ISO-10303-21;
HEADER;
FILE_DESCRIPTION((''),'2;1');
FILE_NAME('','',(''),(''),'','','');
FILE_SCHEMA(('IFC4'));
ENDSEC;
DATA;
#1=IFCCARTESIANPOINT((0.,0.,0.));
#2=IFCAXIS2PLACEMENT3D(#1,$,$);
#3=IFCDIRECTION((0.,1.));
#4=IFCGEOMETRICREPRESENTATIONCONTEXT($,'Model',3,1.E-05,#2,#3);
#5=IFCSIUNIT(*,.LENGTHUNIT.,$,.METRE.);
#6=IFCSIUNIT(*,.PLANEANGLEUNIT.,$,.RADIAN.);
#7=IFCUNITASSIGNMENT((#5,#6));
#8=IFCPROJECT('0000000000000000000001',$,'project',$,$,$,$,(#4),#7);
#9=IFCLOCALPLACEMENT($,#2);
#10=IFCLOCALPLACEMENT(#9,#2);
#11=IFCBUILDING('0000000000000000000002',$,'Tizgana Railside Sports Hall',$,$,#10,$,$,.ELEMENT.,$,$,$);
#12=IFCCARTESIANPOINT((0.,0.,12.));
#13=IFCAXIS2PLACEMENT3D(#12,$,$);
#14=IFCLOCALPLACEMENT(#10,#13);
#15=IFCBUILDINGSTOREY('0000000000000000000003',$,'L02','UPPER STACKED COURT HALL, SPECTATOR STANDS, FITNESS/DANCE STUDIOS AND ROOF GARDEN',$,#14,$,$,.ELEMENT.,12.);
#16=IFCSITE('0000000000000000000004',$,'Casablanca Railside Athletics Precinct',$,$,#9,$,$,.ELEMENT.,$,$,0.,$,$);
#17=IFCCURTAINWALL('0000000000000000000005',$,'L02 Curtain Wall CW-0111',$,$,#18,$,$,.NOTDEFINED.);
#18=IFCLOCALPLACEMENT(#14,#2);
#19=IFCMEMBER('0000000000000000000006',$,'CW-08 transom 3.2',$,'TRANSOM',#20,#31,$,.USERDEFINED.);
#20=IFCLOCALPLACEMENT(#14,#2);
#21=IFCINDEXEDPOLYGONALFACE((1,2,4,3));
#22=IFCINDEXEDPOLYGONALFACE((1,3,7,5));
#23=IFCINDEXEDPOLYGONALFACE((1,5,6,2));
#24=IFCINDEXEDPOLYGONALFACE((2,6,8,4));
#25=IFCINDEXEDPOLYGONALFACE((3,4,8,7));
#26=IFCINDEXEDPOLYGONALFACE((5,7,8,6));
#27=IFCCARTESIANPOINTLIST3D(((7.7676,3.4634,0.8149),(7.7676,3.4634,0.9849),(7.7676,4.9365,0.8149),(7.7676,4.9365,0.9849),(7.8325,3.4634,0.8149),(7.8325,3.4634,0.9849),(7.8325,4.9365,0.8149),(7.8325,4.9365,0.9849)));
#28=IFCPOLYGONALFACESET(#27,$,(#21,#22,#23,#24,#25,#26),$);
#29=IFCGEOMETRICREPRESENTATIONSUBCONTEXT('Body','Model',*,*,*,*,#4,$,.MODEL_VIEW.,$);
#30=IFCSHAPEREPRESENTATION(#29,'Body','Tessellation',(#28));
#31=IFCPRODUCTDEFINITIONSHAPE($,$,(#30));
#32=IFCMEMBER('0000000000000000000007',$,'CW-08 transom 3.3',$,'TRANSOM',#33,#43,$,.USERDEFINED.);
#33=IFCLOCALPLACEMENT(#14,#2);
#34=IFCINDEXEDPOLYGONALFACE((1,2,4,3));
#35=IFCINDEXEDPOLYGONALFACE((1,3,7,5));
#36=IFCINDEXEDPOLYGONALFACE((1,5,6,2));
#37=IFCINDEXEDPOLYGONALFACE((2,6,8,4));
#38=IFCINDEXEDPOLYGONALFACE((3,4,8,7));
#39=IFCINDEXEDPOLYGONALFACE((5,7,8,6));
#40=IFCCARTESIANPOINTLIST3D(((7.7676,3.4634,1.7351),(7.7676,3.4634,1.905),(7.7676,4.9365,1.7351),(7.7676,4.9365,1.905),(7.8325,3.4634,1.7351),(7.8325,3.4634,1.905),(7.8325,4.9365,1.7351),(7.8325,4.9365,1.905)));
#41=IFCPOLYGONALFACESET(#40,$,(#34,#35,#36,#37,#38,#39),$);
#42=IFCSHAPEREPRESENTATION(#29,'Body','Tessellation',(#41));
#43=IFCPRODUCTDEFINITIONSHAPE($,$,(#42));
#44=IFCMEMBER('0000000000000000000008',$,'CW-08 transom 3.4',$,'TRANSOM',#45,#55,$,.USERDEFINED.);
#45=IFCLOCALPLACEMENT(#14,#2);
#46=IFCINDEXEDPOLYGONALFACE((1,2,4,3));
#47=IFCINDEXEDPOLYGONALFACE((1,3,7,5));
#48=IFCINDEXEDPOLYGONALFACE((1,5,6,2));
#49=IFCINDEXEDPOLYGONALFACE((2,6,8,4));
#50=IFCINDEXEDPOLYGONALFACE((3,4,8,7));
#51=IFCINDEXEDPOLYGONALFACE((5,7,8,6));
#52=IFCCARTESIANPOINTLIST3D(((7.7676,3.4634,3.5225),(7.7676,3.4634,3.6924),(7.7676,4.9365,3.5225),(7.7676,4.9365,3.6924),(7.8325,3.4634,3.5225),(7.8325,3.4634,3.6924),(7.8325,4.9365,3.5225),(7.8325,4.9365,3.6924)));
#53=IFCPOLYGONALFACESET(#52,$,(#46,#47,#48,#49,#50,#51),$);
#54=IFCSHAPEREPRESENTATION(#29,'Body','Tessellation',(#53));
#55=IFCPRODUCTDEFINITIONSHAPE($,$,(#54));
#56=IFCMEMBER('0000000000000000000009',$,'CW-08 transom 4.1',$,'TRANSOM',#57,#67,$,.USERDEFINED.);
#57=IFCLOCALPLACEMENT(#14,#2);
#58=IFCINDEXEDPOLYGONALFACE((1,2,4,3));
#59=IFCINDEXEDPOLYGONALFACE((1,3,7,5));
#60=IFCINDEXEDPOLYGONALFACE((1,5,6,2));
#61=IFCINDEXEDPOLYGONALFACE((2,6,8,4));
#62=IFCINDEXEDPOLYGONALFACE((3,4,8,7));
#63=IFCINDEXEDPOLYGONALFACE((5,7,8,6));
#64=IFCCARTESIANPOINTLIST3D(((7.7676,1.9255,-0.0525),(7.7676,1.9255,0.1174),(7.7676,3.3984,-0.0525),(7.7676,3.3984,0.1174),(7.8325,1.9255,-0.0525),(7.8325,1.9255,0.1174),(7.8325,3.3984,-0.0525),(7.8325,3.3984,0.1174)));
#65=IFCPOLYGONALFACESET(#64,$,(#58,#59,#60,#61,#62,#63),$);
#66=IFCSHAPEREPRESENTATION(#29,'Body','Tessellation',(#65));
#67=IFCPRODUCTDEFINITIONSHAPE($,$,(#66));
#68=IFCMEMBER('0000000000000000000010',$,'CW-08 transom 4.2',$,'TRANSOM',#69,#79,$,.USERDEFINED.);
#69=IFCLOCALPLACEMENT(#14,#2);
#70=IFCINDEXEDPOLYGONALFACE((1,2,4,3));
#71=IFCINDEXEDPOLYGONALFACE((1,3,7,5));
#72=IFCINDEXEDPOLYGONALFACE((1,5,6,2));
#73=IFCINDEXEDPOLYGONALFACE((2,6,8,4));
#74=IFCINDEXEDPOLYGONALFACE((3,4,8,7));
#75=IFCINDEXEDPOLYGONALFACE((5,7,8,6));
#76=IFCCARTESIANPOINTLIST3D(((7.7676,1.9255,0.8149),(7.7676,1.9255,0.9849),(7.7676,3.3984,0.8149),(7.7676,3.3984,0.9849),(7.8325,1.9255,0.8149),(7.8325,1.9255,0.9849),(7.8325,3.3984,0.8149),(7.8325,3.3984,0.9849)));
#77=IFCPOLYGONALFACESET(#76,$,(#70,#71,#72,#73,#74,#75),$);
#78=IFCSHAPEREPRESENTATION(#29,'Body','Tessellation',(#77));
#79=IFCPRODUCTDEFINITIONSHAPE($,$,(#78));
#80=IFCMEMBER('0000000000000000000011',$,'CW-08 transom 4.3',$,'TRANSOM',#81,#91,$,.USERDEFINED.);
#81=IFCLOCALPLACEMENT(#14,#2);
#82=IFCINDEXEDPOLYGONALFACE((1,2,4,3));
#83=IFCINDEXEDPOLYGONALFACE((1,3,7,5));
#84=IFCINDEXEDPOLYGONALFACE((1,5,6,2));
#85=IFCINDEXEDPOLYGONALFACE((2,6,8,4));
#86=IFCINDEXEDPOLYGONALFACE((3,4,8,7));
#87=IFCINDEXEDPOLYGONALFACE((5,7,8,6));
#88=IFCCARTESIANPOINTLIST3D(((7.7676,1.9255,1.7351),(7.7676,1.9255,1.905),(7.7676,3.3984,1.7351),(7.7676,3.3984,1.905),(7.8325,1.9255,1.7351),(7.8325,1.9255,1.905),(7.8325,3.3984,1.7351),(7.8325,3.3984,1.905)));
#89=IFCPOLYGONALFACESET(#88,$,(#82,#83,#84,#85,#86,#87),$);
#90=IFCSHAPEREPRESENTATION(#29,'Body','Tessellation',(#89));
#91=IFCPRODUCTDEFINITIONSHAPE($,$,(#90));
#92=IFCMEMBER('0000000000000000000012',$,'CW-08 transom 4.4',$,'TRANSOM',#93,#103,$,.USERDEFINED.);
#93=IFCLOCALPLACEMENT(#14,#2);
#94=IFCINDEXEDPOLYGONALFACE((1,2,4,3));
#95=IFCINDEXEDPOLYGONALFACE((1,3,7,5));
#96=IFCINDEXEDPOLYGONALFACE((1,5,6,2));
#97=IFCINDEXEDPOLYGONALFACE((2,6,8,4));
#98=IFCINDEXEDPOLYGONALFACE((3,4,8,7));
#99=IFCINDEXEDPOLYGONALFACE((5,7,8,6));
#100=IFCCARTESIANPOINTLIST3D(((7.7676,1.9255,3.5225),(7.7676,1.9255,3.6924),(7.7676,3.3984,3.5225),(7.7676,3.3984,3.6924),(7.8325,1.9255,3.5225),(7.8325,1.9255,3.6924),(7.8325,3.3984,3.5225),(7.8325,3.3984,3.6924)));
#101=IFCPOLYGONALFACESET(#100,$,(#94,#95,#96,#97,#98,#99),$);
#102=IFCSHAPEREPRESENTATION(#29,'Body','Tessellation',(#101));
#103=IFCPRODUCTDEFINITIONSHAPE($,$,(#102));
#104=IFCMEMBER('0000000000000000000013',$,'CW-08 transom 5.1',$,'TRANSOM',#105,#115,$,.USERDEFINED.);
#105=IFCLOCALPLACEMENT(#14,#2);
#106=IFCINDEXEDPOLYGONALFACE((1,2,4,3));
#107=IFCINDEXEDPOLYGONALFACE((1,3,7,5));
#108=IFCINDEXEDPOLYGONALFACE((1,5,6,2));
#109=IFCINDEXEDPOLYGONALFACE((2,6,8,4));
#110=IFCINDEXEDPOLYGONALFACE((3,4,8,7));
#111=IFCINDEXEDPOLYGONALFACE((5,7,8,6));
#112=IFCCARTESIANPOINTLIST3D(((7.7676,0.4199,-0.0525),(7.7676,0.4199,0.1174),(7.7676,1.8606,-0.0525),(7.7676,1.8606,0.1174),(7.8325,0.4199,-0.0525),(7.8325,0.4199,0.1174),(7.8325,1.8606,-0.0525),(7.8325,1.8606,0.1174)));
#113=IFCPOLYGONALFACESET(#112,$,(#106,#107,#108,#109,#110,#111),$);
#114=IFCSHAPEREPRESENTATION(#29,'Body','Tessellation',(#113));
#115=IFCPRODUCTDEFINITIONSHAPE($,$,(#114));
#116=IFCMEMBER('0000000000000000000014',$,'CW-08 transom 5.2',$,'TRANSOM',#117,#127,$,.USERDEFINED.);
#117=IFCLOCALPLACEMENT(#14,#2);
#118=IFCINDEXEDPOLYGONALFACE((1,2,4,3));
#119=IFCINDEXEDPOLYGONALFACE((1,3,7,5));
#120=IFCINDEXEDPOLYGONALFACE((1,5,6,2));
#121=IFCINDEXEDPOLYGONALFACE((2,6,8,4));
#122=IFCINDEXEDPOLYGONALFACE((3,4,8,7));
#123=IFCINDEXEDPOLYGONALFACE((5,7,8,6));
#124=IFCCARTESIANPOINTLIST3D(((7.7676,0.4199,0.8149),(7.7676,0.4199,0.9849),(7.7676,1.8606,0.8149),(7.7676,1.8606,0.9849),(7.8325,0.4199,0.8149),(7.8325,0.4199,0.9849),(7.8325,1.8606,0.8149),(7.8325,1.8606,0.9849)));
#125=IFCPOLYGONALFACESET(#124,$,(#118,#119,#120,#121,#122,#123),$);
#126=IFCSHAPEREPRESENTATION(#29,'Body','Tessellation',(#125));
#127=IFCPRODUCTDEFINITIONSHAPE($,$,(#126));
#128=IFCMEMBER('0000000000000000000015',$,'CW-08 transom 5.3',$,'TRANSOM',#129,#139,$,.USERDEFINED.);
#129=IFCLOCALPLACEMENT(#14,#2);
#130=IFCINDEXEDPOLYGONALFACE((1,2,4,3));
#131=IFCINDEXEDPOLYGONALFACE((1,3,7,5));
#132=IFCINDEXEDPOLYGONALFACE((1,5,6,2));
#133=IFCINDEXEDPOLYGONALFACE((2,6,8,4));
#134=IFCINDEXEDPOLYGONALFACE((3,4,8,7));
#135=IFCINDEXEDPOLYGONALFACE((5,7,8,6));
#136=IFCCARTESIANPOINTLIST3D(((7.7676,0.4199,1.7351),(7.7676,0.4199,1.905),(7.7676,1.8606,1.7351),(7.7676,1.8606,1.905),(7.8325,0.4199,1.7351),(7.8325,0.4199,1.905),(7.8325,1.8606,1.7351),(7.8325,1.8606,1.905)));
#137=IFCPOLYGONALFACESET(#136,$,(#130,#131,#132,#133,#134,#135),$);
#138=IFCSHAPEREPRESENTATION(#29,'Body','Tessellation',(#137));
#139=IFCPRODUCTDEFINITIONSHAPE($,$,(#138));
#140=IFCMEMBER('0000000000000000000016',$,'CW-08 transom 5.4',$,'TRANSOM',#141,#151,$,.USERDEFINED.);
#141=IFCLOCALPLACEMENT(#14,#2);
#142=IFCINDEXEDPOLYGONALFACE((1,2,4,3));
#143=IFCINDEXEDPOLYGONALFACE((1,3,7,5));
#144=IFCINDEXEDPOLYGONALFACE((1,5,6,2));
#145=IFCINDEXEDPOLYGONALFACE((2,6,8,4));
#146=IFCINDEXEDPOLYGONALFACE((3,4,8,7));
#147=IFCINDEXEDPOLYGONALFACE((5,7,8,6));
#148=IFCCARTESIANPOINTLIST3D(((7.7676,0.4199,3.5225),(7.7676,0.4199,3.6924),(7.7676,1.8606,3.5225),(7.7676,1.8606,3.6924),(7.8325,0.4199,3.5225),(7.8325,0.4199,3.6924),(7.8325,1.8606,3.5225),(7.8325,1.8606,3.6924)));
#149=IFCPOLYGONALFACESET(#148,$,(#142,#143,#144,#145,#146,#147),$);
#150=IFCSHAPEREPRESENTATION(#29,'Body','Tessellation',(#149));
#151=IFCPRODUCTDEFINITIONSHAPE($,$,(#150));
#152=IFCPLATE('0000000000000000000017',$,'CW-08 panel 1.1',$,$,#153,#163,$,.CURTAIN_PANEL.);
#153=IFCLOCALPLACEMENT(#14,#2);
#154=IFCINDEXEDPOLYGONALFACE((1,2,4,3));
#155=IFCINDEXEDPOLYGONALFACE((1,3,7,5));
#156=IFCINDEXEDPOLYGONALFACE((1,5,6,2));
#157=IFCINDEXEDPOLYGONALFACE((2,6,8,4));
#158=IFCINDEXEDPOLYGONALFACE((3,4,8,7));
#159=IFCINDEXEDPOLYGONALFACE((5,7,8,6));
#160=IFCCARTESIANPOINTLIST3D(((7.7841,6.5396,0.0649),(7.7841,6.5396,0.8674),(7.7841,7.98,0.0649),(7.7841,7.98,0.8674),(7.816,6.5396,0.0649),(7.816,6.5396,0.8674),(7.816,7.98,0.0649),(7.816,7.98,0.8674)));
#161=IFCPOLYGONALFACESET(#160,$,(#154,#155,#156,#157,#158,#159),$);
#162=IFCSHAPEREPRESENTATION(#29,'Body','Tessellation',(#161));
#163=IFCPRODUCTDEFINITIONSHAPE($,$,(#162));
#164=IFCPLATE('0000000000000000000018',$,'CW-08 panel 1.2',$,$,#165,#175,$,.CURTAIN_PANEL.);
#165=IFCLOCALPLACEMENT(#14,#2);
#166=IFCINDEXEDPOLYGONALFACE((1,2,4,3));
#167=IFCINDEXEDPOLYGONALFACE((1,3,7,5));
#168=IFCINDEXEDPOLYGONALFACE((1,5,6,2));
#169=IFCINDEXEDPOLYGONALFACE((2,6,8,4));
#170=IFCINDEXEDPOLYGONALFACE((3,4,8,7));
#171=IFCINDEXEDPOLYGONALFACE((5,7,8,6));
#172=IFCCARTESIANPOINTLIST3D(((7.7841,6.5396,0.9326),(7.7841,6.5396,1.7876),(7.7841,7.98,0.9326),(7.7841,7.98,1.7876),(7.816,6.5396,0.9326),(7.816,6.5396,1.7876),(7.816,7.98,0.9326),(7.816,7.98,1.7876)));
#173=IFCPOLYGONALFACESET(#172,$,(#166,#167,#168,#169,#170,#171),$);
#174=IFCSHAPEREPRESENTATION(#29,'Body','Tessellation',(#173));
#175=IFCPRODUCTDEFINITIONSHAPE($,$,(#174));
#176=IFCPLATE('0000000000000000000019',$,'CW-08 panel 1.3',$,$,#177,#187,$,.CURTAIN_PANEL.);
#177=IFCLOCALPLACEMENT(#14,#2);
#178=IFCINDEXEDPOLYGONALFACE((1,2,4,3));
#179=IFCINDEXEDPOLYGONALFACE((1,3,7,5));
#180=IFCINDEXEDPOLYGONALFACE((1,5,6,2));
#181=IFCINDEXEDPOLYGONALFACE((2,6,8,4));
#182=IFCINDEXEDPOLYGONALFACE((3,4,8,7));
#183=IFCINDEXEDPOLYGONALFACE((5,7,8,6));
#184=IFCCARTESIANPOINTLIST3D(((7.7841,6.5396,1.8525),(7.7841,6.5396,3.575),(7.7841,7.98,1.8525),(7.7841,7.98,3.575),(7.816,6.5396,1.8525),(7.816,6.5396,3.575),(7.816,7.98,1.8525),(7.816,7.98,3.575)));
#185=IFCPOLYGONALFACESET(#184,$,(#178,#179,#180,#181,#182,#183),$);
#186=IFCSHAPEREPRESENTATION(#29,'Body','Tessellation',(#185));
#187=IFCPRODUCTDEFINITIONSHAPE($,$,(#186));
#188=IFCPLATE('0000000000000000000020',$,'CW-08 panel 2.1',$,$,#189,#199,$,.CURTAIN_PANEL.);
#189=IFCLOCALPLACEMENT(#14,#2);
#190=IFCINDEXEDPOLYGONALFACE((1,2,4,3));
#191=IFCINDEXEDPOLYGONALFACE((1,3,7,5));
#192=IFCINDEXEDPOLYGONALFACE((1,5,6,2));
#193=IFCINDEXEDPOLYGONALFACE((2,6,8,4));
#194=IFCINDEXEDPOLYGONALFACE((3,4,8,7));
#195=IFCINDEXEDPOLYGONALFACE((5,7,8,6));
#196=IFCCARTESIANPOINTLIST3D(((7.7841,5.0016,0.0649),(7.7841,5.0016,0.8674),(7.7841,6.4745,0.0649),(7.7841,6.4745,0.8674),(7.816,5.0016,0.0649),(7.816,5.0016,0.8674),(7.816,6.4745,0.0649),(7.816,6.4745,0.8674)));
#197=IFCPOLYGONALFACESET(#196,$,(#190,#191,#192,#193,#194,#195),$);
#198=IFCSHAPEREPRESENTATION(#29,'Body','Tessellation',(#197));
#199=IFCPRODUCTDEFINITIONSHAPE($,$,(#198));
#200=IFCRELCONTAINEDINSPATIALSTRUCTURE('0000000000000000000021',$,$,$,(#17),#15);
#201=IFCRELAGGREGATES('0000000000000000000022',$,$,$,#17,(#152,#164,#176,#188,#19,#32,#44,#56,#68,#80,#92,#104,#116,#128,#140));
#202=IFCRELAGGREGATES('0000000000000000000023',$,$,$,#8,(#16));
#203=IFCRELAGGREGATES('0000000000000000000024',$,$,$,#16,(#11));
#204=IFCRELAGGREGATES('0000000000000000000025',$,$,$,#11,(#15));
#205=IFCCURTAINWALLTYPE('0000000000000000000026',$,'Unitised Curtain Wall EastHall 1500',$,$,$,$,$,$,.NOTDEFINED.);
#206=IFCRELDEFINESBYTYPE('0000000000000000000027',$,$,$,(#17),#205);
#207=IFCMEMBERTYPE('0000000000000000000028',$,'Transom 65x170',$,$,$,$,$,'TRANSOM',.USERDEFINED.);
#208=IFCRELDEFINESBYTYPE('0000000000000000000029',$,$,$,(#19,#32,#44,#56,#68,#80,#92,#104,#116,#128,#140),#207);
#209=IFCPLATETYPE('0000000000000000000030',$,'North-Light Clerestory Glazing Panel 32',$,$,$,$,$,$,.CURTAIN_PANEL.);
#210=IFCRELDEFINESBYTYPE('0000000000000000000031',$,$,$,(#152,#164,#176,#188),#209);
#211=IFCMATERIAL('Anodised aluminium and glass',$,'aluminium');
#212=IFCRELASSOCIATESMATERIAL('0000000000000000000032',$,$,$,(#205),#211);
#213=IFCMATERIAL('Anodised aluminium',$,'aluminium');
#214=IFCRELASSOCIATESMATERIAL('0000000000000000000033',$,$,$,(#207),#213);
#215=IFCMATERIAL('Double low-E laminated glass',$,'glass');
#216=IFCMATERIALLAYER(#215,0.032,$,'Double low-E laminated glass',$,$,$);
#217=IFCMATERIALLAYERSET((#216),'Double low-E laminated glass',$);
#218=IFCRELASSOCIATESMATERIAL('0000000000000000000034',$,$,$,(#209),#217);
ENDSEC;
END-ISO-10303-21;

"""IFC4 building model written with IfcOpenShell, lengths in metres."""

from ifc_helpers import new_model, si_unit, direction, frame, origin, origin_2d, place, context, subcontext, project, spatial, rectangle, extrude, material, layer, layer_set, material_profile, profile_set, type_object, element, aggregate, save


model = new_model("IFC4")

# Units and contexts
model_context = context("Model", 3, precision=1e-05, world=origin(), true_north=direction((0.0, 1.0)))
body_context = subcontext(model_context, "Body", "Model", "MODEL_VIEW")
ifc_project = project(units=[si_unit("LENGTHUNIT", "METRE"), si_unit("PLANEANGLEUNIT", "RADIAN")], contexts=[model_context])

# Site, building, storey
site_placement = place(None, origin())
site = spatial("IfcSite", under=ifc_project, at=site_placement, Name="Casablanca Railside Athletics Precinct", CompositionType="ELEMENT", RefElevation=0.0)
building_placement = place(site_placement, origin())
building = spatial("IfcBuilding", under=site, at=building_placement, Name="Tizgana Railside Sports Hall", CompositionType="ELEMENT")
storey_placement = place(building_placement, frame((0.0, 0.0, 12.0)))
storey = spatial("IfcBuildingStorey", under=building, at=storey_placement, Name="L02", Description="UPPER STACKED COURT HALL, SPECTATOR STANDS, FITNESS/DANCE STUDIOS AND ROOF GARDEN", CompositionType="ELEMENT", Elevation=12.0)

# Curtain wall
ifc_material_1 = material(Name="Anodised aluminium and glass", Category="aluminium")
curtain_wall_type = type_object("IfcCurtainWallType", Name="Unitised Curtain Wall EastHall 1500", PredefinedType="NOTDEFINED", material=ifc_material_1)
curtain_wall_placement = place(storey_placement, origin())
curtain_wall = element("IfcCurtainWall", 1, at=curtain_wall_placement, inside=storey, type_object=curtain_wall_type, Name="L02 Curtain Wall CW-0111", PredefinedType="NOTDEFINED")
ifc_material_2 = material(Name="Anodised aluminium", Category="aluminium")

# Members
ifc_material_profile_1 = material_profile(ifc_material_2, rectangle(XDim=0.0649, YDim=0.1699, at=origin_2d()), Name="Transom 65x170")
ifc_profile_set_1 = profile_set([ifc_material_profile_1], Name="Anodised aluminium")
member_type_1 = type_object("IfcMemberType", Name="Transom 65x170", ElementType="TRANSOM", PredefinedType="USERDEFINED", material=ifc_profile_set_1)
member_1_placement = place(storey_placement, frame((7.8, 4.9365, 0.8999), z_axis=(0.0, -1.0, 0.0), x_axis=(1.0, 0.0, 0.0)))
member_1 = element("IfcMember", 2, at=member_1_placement, type_object=member_type_1, Name="CW-08 transom 3.2", ObjectType="TRANSOM", PredefinedType="USERDEFINED", context=body_context, shape_type="SweptSolid", body=[
    extrude(rectangle(XDim=0.0649, YDim=0.1699, at=origin_2d()), origin(), (0.0, 0.0, 1.0), 1.4731),
])
member_2_placement = place(storey_placement, frame((7.8, 4.9365, 1.8201), z_axis=(0.0, -1.0, 0.0), x_axis=(1.0, 0.0, 0.0)))
member_2 = element("IfcMember", 3, at=member_2_placement, type_object=member_type_1, Name="CW-08 transom 3.3", ObjectType="TRANSOM", PredefinedType="USERDEFINED", context=body_context, shape_type="SweptSolid", body=[
    extrude(rectangle(XDim=0.0649, YDim=0.1699, at=origin_2d()), origin(), (0.0, 0.0, 1.0), 1.4731),
])
member_3_placement = place(storey_placement, frame((7.8, 4.9365, 3.6074), z_axis=(0.0, -1.0, 0.0), x_axis=(1.0, 0.0, 0.0)))
member_3 = element("IfcMember", 4, at=member_3_placement, type_object=member_type_1, Name="CW-08 transom 3.4", ObjectType="TRANSOM", PredefinedType="USERDEFINED", context=body_context, shape_type="SweptSolid", body=[
    extrude(rectangle(XDim=0.0649, YDim=0.1699, at=origin_2d()), origin(), (0.0, 0.0, 1.0), 1.4731),
])
member_4_placement = place(storey_placement, frame((7.8, 3.3984, 0.0325), z_axis=(0.0, -1.0, 0.0), x_axis=(1.0, 0.0, 0.0)))
member_4 = element("IfcMember", 5, at=member_4_placement, type_object=member_type_1, Name="CW-08 transom 4.1", ObjectType="TRANSOM", PredefinedType="USERDEFINED", context=body_context, shape_type="SweptSolid", body=[
    extrude(rectangle(XDim=0.0649, YDim=0.1699, at=origin_2d()), origin(), (0.0, 0.0, 1.0), 1.4729),
])
member_5_placement = place(storey_placement, frame((7.8, 3.3984, 0.8999), z_axis=(0.0, -1.0, 0.0), x_axis=(1.0, 0.0, 0.0)))
member_5 = element("IfcMember", 6, at=member_5_placement, type_object=member_type_1, Name="CW-08 transom 4.2", ObjectType="TRANSOM", PredefinedType="USERDEFINED", context=body_context, shape_type="SweptSolid", body=[
    extrude(rectangle(XDim=0.0649, YDim=0.1699, at=origin_2d()), origin(), (0.0, 0.0, 1.0), 1.4729),
])
member_6_placement = place(storey_placement, frame((7.8, 3.3984, 1.8201), z_axis=(0.0, -1.0, 0.0), x_axis=(1.0, 0.0, 0.0)))
member_6 = element("IfcMember", 7, at=member_6_placement, type_object=member_type_1, Name="CW-08 transom 4.3", ObjectType="TRANSOM", PredefinedType="USERDEFINED", context=body_context, shape_type="SweptSolid", body=[
    extrude(rectangle(XDim=0.0649, YDim=0.1699, at=origin_2d()), origin(), (0.0, 0.0, 1.0), 1.4729),
])
member_7_placement = place(storey_placement, frame((7.8, 3.3984, 3.6074), z_axis=(0.0, -1.0, 0.0), x_axis=(1.0, 0.0, 0.0)))
member_7 = element("IfcMember", 8, at=member_7_placement, type_object=member_type_1, Name="CW-08 transom 4.4", ObjectType="TRANSOM", PredefinedType="USERDEFINED", context=body_context, shape_type="SweptSolid", body=[
    extrude(rectangle(XDim=0.0649, YDim=0.1699, at=origin_2d()), origin(), (0.0, 0.0, 1.0), 1.4729),
])
member_8_placement = place(storey_placement, frame((7.8, 1.8606, 0.0325), z_axis=(0.0, -1.0, 0.0), x_axis=(1.0, 0.0, 0.0)))
member_8 = element("IfcMember", 9, at=member_8_placement, type_object=member_type_1, Name="CW-08 transom 5.1", ObjectType="TRANSOM", PredefinedType="USERDEFINED", context=body_context, shape_type="SweptSolid", body=[
    extrude(rectangle(XDim=0.0649, YDim=0.1699, at=origin_2d()), origin(), (0.0, 0.0, 1.0), 1.4407),
])
member_9_placement = place(storey_placement, frame((7.8, 1.8606, 0.8999), z_axis=(0.0, -1.0, 0.0), x_axis=(1.0, 0.0, 0.0)))
member_9 = element("IfcMember", 10, at=member_9_placement, type_object=member_type_1, Name="CW-08 transom 5.2", ObjectType="TRANSOM", PredefinedType="USERDEFINED", context=body_context, shape_type="SweptSolid", body=[
    extrude(rectangle(XDim=0.0649, YDim=0.1699, at=origin_2d()), origin(), (0.0, 0.0, 1.0), 1.4407),
])
member_10_placement = place(storey_placement, frame((7.8, 1.8606, 1.8201), z_axis=(0.0, -1.0, 0.0), x_axis=(1.0, 0.0, 0.0)))
member_10 = element("IfcMember", 11, at=member_10_placement, type_object=member_type_1, Name="CW-08 transom 5.3", ObjectType="TRANSOM", PredefinedType="USERDEFINED", context=body_context, shape_type="SweptSolid", body=[
    extrude(rectangle(XDim=0.0649, YDim=0.1699, at=origin_2d()), origin(), (0.0, 0.0, 1.0), 1.4407),
])
member_11_placement = place(storey_placement, frame((7.8, 1.8606, 3.6074), z_axis=(0.0, -1.0, 0.0), x_axis=(1.0, 0.0, 0.0)))
member_11 = element("IfcMember", 12, at=member_11_placement, type_object=member_type_1, Name="CW-08 transom 5.4", ObjectType="TRANSOM", PredefinedType="USERDEFINED", context=body_context, shape_type="SweptSolid", body=[
    extrude(rectangle(XDim=0.0649, YDim=0.1699, at=origin_2d()), origin(), (0.0, 0.0, 1.0), 1.4407),
])

# Plates
ifc_material_3 = material(Name="Double low-E laminated glass", Category="glass")
ifc_layer = layer(ifc_material_3, 0.032, Name="Double low-E laminated glass")
ifc_layer_set = layer_set([ifc_layer], Name="Double low-E laminated glass")
plate_type = type_object("IfcPlateType", Name="North-Light Clerestory Glazing Panel 32", PredefinedType="CURTAIN_PANEL", material=ifc_layer_set)
plate_1_placement = place(storey_placement, frame((7.8, 7.2598, 0.0649), z_axis=(0.0, 0.0, 1.0), x_axis=(0.0, -1.0, 0.0)))
plate_1 = element("IfcPlate", 13, at=plate_1_placement, type_object=plate_type, Name="CW-08 panel 1.1", PredefinedType="CURTAIN_PANEL", context=body_context, shape_type="SweptSolid", body=[
    extrude(rectangle(XDim=1.4404, YDim=0.032, at=origin_2d()), origin(), (0.0, 0.0, 1.0), 0.8025),
])
plate_2_placement = place(storey_placement, frame((7.8, 7.2598, 0.9326), z_axis=(0.0, 0.0, 1.0), x_axis=(0.0, -1.0, 0.0)))
plate_2 = element("IfcPlate", 14, at=plate_2_placement, type_object=plate_type, Name="CW-08 panel 1.2", PredefinedType="CURTAIN_PANEL", context=body_context, shape_type="SweptSolid", body=[
    extrude(rectangle(XDim=1.4404, YDim=0.032, at=origin_2d()), origin(), (0.0, 0.0, 1.0), 0.855),
])
plate_3_placement = place(storey_placement, frame((7.8, 7.2598, 1.8525), z_axis=(0.0, 0.0, 1.0), x_axis=(0.0, -1.0, 0.0)))
plate_3 = element("IfcPlate", 15, at=plate_3_placement, type_object=plate_type, Name="CW-08 panel 1.3", PredefinedType="CURTAIN_PANEL", context=body_context, shape_type="SweptSolid", body=[
    extrude(rectangle(XDim=1.4404, YDim=0.032, at=origin_2d()), origin(), (0.0, 0.0, 1.0), 1.7224),
])
plate_4_placement = place(storey_placement, frame((7.8, 5.738, 0.0649), z_axis=(0.0, 0.0, 1.0), x_axis=(0.0, -1.0, 0.0)))
plate_4 = element("IfcPlate", 16, at=plate_4_placement, type_object=plate_type, Name="CW-08 panel 2.1", PredefinedType="CURTAIN_PANEL", context=body_context, shape_type="SweptSolid", body=[
    extrude(rectangle(XDim=1.4729, YDim=0.032, at=origin_2d()), origin(), (0.0, 0.0, 1.0), 0.8025),
])
aggregate(curtain_wall, [plate_1, plate_2, plate_3, plate_4, member_1, member_2, member_3, member_4, member_5, member_6, member_7, member_8, member_9, member_10, member_11])

save(model, "model.ifc")
